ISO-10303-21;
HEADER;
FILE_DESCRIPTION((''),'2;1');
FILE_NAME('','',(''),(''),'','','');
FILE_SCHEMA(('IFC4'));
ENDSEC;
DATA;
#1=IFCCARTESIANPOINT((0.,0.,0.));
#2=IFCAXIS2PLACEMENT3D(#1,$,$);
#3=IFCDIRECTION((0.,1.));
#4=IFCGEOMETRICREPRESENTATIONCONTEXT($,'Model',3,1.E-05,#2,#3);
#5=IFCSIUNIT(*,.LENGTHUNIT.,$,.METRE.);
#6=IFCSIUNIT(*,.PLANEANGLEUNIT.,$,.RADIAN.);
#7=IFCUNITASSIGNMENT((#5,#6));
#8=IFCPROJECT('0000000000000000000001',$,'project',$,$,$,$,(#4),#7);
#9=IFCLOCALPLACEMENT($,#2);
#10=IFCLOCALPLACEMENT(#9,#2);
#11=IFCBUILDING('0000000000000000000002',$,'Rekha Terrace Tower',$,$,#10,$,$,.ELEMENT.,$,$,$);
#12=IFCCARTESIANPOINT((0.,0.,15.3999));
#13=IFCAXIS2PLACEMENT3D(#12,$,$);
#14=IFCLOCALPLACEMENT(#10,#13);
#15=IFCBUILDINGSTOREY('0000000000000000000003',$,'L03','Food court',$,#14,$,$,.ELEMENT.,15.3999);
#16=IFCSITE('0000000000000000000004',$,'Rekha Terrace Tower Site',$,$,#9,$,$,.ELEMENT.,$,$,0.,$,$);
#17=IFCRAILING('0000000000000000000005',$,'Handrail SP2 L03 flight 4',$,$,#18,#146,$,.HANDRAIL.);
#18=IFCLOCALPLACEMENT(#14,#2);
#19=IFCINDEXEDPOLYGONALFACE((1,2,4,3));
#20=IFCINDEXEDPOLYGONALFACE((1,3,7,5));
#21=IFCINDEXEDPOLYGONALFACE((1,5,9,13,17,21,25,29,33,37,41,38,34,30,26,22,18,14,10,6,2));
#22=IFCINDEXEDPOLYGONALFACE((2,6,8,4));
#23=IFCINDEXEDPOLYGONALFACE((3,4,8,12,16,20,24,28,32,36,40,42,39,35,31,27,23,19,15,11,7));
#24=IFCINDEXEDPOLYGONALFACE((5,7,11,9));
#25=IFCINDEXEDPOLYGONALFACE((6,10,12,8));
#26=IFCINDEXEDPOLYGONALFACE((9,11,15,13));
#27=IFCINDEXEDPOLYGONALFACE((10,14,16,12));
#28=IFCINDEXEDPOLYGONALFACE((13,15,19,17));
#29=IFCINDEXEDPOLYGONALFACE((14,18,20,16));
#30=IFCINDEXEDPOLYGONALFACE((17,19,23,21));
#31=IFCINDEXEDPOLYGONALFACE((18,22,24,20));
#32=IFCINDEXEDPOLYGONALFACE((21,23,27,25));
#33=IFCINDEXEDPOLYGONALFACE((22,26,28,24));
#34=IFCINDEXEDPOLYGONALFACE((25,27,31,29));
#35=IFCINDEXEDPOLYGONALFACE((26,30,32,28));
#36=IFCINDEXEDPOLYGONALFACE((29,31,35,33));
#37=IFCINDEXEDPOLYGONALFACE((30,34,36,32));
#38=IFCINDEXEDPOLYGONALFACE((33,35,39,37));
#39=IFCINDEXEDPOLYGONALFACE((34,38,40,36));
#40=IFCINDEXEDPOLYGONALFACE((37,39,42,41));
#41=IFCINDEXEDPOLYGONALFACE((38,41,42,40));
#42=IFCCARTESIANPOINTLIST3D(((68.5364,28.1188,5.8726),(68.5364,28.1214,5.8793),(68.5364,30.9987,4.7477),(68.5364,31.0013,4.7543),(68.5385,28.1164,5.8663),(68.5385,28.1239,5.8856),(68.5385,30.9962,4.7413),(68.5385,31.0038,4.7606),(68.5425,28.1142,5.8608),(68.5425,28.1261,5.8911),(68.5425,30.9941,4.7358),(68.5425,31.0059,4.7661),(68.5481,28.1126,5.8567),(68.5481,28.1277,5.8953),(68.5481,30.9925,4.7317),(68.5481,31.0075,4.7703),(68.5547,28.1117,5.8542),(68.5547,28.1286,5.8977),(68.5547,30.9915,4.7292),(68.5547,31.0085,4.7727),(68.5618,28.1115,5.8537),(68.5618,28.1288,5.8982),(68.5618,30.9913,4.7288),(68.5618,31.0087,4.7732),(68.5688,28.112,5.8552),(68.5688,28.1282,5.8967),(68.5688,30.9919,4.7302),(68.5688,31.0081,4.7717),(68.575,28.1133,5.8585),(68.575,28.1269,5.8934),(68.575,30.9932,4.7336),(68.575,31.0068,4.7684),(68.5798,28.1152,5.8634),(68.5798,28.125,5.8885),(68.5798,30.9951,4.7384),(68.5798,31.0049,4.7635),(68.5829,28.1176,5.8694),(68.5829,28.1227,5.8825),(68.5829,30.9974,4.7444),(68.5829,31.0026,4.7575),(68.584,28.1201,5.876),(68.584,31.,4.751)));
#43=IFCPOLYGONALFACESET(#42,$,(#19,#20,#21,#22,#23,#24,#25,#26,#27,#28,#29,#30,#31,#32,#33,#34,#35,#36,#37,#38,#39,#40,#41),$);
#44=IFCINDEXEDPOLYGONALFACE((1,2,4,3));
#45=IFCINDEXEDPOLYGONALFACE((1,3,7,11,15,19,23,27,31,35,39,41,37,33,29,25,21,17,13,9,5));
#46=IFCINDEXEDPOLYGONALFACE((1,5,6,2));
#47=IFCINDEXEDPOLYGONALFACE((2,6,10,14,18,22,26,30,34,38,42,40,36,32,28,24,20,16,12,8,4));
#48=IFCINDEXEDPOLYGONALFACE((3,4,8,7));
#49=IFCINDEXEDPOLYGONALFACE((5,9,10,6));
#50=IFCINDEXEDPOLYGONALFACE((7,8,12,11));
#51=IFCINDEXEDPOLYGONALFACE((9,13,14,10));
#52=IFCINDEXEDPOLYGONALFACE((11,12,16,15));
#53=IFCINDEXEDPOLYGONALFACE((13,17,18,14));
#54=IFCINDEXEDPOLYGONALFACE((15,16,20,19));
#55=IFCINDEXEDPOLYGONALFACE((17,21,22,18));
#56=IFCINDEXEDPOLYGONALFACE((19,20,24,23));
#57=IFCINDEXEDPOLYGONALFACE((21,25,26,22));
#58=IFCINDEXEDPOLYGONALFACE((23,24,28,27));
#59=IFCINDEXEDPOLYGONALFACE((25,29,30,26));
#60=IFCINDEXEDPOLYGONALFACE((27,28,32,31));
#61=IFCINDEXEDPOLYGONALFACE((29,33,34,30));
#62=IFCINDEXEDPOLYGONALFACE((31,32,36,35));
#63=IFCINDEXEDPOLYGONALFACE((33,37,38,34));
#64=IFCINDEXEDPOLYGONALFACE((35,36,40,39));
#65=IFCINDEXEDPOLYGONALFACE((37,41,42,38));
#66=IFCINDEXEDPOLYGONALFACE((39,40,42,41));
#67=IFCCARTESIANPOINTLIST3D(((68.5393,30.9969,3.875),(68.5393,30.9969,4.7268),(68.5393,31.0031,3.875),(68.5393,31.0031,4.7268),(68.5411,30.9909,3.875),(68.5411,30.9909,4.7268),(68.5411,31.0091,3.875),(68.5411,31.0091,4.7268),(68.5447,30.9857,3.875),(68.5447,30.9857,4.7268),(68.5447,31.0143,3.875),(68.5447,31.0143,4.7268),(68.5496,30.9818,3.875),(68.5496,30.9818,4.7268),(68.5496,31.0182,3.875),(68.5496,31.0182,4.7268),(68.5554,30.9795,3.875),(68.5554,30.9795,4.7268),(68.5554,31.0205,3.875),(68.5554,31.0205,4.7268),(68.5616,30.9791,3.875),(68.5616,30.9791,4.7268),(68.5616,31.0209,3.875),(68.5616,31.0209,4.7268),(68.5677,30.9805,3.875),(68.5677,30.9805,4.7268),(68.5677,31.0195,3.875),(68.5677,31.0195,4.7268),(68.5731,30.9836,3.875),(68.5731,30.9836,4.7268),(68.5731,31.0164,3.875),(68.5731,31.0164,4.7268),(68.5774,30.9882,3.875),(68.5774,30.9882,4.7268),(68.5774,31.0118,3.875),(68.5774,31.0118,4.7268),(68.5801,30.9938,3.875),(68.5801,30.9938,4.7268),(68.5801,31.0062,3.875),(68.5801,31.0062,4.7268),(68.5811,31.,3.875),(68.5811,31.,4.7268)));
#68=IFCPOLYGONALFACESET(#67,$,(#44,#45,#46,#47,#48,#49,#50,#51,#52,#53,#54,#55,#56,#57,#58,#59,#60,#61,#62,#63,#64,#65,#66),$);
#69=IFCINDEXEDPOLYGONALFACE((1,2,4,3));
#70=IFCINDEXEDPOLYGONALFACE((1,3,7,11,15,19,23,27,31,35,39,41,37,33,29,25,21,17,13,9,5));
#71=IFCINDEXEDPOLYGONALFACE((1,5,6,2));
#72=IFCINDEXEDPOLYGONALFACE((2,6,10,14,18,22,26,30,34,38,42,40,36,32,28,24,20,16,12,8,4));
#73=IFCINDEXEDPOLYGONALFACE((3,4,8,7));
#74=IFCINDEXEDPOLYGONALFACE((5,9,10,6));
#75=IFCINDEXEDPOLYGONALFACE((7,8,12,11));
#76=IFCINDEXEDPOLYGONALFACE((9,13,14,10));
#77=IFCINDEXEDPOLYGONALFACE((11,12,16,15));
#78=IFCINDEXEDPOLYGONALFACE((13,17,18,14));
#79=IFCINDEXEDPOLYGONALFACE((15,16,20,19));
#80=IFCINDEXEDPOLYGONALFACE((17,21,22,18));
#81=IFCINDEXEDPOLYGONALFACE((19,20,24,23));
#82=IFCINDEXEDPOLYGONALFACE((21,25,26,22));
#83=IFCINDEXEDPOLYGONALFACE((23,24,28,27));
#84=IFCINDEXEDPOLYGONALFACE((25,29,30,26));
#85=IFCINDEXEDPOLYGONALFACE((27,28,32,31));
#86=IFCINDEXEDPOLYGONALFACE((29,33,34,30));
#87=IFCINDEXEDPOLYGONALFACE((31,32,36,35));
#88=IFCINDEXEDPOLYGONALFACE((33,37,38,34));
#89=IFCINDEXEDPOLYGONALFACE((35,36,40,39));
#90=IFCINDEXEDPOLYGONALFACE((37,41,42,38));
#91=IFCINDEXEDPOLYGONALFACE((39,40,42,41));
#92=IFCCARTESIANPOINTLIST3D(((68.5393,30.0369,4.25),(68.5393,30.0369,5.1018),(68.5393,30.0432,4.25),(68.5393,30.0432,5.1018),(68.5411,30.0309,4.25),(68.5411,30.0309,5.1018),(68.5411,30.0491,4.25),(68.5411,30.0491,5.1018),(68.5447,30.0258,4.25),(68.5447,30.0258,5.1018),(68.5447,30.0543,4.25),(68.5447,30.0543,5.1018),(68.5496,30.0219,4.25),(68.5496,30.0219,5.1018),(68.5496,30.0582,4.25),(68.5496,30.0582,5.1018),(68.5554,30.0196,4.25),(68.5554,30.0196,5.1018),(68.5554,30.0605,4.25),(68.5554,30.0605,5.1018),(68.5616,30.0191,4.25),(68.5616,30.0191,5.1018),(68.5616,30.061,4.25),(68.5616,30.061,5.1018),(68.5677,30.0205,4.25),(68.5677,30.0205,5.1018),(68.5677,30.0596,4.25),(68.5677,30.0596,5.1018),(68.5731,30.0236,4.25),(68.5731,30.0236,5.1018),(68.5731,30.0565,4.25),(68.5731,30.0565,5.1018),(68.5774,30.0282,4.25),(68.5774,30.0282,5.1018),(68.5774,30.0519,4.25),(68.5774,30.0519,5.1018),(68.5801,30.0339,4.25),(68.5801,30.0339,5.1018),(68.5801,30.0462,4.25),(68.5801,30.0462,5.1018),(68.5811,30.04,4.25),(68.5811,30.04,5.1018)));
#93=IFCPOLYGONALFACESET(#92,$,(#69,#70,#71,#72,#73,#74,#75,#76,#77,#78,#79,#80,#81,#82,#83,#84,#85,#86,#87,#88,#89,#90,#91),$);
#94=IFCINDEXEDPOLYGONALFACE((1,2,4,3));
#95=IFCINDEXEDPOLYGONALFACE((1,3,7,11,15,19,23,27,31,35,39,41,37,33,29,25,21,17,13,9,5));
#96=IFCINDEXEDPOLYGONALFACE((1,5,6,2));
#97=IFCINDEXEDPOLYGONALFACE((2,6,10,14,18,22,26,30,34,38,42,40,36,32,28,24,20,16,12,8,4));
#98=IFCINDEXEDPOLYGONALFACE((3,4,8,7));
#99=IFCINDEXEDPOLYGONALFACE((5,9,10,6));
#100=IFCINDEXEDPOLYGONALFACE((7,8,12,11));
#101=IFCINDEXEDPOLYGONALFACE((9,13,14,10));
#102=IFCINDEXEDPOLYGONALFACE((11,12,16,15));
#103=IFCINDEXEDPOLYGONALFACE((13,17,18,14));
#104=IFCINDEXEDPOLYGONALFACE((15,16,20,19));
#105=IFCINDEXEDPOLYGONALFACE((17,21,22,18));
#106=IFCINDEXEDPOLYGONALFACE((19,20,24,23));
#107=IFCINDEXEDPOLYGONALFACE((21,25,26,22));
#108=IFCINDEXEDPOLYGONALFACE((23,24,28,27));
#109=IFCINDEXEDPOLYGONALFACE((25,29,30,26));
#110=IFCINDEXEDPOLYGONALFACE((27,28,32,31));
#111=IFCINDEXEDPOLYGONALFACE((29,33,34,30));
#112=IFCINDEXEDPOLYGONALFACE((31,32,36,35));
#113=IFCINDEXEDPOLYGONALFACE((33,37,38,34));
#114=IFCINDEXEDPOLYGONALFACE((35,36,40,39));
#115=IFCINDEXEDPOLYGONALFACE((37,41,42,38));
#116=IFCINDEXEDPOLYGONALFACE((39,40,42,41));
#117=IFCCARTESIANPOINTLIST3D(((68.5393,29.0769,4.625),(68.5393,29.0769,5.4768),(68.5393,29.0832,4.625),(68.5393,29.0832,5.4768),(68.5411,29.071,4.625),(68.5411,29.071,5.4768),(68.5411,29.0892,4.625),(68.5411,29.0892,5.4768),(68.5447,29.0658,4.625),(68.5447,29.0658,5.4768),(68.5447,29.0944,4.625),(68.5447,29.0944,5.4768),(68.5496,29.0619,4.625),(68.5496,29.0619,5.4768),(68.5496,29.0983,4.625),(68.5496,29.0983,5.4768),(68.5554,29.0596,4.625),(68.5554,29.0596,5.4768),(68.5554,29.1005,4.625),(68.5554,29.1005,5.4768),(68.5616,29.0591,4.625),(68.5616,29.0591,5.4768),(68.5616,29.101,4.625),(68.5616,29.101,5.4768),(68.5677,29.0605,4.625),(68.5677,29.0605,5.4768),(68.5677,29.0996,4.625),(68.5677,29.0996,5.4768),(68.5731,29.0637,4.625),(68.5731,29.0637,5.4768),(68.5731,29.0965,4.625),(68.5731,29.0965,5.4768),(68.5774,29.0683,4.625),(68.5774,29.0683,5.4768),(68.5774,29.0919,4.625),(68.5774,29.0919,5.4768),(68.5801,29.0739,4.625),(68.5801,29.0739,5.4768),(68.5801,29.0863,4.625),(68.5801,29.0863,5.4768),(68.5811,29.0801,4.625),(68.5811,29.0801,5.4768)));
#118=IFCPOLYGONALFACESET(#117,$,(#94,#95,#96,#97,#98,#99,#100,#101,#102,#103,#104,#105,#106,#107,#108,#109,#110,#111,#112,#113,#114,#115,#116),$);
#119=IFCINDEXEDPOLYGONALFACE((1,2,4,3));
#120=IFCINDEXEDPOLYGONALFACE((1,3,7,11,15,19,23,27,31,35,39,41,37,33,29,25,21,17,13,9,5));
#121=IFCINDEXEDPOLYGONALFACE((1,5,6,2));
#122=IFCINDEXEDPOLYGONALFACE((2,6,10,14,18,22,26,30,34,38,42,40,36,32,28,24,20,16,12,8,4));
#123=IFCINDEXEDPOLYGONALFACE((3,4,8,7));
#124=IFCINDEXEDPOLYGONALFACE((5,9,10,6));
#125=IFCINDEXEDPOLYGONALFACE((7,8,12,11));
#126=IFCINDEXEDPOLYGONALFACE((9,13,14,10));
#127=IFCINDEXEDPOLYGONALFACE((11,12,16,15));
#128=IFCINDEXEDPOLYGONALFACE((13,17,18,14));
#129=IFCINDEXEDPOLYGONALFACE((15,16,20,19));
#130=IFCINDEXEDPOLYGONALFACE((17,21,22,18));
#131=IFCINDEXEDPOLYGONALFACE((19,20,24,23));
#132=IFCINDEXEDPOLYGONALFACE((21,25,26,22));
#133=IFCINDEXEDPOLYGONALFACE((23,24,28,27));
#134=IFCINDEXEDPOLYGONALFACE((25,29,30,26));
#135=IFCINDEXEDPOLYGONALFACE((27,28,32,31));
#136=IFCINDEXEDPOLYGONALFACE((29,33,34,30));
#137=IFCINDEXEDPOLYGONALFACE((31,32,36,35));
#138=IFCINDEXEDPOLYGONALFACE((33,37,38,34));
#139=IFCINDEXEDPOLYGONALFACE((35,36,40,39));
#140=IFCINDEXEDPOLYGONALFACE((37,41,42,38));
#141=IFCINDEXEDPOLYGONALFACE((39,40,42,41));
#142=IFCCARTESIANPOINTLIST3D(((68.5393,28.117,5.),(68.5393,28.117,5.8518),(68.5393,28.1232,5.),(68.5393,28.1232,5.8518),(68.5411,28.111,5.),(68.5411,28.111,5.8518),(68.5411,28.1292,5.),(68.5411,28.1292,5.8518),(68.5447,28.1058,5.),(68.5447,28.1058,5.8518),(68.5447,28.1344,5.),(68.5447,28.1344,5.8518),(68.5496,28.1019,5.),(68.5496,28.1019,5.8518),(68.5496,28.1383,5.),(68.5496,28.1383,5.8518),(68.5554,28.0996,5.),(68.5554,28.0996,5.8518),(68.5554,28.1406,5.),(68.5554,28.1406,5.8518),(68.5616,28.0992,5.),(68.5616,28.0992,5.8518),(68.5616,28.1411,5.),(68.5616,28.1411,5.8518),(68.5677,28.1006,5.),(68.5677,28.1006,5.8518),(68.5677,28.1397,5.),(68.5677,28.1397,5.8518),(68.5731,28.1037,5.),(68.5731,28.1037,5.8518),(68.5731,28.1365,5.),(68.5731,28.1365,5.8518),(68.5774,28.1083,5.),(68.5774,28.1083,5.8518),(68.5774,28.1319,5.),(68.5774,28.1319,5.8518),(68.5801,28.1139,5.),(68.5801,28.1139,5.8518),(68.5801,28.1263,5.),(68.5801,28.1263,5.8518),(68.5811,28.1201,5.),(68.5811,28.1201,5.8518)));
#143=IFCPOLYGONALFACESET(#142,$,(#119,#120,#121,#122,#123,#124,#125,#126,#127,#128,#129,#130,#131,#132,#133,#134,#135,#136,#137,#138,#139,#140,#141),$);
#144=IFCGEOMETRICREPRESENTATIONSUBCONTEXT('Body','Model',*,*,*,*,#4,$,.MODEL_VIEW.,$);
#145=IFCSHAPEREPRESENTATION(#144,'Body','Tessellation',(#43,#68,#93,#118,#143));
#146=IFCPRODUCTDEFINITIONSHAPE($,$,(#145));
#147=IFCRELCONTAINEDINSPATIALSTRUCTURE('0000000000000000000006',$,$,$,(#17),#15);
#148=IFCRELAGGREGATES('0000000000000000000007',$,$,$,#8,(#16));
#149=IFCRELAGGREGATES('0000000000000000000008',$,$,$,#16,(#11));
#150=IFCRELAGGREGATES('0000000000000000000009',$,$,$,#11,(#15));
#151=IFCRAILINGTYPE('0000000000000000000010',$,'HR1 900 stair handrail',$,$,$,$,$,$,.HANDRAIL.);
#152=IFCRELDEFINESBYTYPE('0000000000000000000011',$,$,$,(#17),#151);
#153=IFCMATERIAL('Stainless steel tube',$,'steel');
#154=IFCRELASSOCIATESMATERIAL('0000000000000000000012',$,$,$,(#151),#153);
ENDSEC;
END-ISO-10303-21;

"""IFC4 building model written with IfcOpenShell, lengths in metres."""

from ifc_helpers import new_model, si_unit, direction, frame, origin, origin_2d, place, context, subcontext, project, spatial, circle, extrude, material, type_object, element, save


model = new_model("IFC4")

# Units and contexts
model_context = context("Model", 3, precision=1e-05, world=origin(), true_north=direction((0.0, 1.0)))
body_context = subcontext(model_context, "Body", "Model", "MODEL_VIEW")
ifc_project = project(units=[si_unit("LENGTHUNIT", "METRE"), si_unit("PLANEANGLEUNIT", "RADIAN")], contexts=[model_context])

# Site, building, storey
site_placement = place(None, origin())
site = spatial("IfcSite", under=ifc_project, at=site_placement, Name="Rekha Terrace Tower Site", CompositionType="ELEMENT", RefElevation=0.0)
building_placement = place(site_placement, origin())
building = spatial("IfcBuilding", under=site, at=building_placement, Name="Rekha Terrace Tower", CompositionType="ELEMENT")
storey_placement = place(building_placement, frame((0.0, 0.0, 15.3999)))
storey = spatial("IfcBuildingStorey", under=building, at=storey_placement, Name="L03", Description="Food court", CompositionType="ELEMENT", Elevation=15.3999)

# Railing
ifc_material_1 = material(Name="Stainless steel tube", Category="steel")
railing_type_1 = type_object("IfcRailingType", Name="HR1 900 stair handrail", PredefinedType="HANDRAIL", material=ifc_material_1)
railing_1_placement = place(storey_placement, frame((68.5601, 31.0, 3.875)))
element("IfcRailing", 1, at=railing_1_placement, inside=storey, type_object=railing_type_1, Name="Handrail SP2 L03 flight 4", PredefinedType="HANDRAIL", context=body_context, shape_type="SweptSolid", body=[
    extrude(circle(Radius=0.0239, at=origin_2d()), frame((0.0, 0.0, 0.876), z_axis=(0.0, -0.931452, 0.363863), x_axis=(1.0, 0.0, 0.0)), (0.0, 0.0, 1.0), 3.0918),
    extrude(circle(Radius=0.021, at=origin_2d()), origin(), (0.0, 0.0, 1.0), 0.8518),
    extrude(circle(Radius=0.021, at=origin_2d()), frame((0.0, -0.96, 0.375)), (0.0, 0.0, 1.0), 0.8518),
    extrude(circle(Radius=0.021, at=origin_2d()), frame((0.0, -1.9199, 0.75)), (0.0, 0.0, 1.0), 0.8518),
    extrude(circle(Radius=0.021, at=origin_2d()), frame((0.0, -2.8799, 1.125)), (0.0, 0.0, 1.0), 0.8518),
])

save(model, "model.ifc")
